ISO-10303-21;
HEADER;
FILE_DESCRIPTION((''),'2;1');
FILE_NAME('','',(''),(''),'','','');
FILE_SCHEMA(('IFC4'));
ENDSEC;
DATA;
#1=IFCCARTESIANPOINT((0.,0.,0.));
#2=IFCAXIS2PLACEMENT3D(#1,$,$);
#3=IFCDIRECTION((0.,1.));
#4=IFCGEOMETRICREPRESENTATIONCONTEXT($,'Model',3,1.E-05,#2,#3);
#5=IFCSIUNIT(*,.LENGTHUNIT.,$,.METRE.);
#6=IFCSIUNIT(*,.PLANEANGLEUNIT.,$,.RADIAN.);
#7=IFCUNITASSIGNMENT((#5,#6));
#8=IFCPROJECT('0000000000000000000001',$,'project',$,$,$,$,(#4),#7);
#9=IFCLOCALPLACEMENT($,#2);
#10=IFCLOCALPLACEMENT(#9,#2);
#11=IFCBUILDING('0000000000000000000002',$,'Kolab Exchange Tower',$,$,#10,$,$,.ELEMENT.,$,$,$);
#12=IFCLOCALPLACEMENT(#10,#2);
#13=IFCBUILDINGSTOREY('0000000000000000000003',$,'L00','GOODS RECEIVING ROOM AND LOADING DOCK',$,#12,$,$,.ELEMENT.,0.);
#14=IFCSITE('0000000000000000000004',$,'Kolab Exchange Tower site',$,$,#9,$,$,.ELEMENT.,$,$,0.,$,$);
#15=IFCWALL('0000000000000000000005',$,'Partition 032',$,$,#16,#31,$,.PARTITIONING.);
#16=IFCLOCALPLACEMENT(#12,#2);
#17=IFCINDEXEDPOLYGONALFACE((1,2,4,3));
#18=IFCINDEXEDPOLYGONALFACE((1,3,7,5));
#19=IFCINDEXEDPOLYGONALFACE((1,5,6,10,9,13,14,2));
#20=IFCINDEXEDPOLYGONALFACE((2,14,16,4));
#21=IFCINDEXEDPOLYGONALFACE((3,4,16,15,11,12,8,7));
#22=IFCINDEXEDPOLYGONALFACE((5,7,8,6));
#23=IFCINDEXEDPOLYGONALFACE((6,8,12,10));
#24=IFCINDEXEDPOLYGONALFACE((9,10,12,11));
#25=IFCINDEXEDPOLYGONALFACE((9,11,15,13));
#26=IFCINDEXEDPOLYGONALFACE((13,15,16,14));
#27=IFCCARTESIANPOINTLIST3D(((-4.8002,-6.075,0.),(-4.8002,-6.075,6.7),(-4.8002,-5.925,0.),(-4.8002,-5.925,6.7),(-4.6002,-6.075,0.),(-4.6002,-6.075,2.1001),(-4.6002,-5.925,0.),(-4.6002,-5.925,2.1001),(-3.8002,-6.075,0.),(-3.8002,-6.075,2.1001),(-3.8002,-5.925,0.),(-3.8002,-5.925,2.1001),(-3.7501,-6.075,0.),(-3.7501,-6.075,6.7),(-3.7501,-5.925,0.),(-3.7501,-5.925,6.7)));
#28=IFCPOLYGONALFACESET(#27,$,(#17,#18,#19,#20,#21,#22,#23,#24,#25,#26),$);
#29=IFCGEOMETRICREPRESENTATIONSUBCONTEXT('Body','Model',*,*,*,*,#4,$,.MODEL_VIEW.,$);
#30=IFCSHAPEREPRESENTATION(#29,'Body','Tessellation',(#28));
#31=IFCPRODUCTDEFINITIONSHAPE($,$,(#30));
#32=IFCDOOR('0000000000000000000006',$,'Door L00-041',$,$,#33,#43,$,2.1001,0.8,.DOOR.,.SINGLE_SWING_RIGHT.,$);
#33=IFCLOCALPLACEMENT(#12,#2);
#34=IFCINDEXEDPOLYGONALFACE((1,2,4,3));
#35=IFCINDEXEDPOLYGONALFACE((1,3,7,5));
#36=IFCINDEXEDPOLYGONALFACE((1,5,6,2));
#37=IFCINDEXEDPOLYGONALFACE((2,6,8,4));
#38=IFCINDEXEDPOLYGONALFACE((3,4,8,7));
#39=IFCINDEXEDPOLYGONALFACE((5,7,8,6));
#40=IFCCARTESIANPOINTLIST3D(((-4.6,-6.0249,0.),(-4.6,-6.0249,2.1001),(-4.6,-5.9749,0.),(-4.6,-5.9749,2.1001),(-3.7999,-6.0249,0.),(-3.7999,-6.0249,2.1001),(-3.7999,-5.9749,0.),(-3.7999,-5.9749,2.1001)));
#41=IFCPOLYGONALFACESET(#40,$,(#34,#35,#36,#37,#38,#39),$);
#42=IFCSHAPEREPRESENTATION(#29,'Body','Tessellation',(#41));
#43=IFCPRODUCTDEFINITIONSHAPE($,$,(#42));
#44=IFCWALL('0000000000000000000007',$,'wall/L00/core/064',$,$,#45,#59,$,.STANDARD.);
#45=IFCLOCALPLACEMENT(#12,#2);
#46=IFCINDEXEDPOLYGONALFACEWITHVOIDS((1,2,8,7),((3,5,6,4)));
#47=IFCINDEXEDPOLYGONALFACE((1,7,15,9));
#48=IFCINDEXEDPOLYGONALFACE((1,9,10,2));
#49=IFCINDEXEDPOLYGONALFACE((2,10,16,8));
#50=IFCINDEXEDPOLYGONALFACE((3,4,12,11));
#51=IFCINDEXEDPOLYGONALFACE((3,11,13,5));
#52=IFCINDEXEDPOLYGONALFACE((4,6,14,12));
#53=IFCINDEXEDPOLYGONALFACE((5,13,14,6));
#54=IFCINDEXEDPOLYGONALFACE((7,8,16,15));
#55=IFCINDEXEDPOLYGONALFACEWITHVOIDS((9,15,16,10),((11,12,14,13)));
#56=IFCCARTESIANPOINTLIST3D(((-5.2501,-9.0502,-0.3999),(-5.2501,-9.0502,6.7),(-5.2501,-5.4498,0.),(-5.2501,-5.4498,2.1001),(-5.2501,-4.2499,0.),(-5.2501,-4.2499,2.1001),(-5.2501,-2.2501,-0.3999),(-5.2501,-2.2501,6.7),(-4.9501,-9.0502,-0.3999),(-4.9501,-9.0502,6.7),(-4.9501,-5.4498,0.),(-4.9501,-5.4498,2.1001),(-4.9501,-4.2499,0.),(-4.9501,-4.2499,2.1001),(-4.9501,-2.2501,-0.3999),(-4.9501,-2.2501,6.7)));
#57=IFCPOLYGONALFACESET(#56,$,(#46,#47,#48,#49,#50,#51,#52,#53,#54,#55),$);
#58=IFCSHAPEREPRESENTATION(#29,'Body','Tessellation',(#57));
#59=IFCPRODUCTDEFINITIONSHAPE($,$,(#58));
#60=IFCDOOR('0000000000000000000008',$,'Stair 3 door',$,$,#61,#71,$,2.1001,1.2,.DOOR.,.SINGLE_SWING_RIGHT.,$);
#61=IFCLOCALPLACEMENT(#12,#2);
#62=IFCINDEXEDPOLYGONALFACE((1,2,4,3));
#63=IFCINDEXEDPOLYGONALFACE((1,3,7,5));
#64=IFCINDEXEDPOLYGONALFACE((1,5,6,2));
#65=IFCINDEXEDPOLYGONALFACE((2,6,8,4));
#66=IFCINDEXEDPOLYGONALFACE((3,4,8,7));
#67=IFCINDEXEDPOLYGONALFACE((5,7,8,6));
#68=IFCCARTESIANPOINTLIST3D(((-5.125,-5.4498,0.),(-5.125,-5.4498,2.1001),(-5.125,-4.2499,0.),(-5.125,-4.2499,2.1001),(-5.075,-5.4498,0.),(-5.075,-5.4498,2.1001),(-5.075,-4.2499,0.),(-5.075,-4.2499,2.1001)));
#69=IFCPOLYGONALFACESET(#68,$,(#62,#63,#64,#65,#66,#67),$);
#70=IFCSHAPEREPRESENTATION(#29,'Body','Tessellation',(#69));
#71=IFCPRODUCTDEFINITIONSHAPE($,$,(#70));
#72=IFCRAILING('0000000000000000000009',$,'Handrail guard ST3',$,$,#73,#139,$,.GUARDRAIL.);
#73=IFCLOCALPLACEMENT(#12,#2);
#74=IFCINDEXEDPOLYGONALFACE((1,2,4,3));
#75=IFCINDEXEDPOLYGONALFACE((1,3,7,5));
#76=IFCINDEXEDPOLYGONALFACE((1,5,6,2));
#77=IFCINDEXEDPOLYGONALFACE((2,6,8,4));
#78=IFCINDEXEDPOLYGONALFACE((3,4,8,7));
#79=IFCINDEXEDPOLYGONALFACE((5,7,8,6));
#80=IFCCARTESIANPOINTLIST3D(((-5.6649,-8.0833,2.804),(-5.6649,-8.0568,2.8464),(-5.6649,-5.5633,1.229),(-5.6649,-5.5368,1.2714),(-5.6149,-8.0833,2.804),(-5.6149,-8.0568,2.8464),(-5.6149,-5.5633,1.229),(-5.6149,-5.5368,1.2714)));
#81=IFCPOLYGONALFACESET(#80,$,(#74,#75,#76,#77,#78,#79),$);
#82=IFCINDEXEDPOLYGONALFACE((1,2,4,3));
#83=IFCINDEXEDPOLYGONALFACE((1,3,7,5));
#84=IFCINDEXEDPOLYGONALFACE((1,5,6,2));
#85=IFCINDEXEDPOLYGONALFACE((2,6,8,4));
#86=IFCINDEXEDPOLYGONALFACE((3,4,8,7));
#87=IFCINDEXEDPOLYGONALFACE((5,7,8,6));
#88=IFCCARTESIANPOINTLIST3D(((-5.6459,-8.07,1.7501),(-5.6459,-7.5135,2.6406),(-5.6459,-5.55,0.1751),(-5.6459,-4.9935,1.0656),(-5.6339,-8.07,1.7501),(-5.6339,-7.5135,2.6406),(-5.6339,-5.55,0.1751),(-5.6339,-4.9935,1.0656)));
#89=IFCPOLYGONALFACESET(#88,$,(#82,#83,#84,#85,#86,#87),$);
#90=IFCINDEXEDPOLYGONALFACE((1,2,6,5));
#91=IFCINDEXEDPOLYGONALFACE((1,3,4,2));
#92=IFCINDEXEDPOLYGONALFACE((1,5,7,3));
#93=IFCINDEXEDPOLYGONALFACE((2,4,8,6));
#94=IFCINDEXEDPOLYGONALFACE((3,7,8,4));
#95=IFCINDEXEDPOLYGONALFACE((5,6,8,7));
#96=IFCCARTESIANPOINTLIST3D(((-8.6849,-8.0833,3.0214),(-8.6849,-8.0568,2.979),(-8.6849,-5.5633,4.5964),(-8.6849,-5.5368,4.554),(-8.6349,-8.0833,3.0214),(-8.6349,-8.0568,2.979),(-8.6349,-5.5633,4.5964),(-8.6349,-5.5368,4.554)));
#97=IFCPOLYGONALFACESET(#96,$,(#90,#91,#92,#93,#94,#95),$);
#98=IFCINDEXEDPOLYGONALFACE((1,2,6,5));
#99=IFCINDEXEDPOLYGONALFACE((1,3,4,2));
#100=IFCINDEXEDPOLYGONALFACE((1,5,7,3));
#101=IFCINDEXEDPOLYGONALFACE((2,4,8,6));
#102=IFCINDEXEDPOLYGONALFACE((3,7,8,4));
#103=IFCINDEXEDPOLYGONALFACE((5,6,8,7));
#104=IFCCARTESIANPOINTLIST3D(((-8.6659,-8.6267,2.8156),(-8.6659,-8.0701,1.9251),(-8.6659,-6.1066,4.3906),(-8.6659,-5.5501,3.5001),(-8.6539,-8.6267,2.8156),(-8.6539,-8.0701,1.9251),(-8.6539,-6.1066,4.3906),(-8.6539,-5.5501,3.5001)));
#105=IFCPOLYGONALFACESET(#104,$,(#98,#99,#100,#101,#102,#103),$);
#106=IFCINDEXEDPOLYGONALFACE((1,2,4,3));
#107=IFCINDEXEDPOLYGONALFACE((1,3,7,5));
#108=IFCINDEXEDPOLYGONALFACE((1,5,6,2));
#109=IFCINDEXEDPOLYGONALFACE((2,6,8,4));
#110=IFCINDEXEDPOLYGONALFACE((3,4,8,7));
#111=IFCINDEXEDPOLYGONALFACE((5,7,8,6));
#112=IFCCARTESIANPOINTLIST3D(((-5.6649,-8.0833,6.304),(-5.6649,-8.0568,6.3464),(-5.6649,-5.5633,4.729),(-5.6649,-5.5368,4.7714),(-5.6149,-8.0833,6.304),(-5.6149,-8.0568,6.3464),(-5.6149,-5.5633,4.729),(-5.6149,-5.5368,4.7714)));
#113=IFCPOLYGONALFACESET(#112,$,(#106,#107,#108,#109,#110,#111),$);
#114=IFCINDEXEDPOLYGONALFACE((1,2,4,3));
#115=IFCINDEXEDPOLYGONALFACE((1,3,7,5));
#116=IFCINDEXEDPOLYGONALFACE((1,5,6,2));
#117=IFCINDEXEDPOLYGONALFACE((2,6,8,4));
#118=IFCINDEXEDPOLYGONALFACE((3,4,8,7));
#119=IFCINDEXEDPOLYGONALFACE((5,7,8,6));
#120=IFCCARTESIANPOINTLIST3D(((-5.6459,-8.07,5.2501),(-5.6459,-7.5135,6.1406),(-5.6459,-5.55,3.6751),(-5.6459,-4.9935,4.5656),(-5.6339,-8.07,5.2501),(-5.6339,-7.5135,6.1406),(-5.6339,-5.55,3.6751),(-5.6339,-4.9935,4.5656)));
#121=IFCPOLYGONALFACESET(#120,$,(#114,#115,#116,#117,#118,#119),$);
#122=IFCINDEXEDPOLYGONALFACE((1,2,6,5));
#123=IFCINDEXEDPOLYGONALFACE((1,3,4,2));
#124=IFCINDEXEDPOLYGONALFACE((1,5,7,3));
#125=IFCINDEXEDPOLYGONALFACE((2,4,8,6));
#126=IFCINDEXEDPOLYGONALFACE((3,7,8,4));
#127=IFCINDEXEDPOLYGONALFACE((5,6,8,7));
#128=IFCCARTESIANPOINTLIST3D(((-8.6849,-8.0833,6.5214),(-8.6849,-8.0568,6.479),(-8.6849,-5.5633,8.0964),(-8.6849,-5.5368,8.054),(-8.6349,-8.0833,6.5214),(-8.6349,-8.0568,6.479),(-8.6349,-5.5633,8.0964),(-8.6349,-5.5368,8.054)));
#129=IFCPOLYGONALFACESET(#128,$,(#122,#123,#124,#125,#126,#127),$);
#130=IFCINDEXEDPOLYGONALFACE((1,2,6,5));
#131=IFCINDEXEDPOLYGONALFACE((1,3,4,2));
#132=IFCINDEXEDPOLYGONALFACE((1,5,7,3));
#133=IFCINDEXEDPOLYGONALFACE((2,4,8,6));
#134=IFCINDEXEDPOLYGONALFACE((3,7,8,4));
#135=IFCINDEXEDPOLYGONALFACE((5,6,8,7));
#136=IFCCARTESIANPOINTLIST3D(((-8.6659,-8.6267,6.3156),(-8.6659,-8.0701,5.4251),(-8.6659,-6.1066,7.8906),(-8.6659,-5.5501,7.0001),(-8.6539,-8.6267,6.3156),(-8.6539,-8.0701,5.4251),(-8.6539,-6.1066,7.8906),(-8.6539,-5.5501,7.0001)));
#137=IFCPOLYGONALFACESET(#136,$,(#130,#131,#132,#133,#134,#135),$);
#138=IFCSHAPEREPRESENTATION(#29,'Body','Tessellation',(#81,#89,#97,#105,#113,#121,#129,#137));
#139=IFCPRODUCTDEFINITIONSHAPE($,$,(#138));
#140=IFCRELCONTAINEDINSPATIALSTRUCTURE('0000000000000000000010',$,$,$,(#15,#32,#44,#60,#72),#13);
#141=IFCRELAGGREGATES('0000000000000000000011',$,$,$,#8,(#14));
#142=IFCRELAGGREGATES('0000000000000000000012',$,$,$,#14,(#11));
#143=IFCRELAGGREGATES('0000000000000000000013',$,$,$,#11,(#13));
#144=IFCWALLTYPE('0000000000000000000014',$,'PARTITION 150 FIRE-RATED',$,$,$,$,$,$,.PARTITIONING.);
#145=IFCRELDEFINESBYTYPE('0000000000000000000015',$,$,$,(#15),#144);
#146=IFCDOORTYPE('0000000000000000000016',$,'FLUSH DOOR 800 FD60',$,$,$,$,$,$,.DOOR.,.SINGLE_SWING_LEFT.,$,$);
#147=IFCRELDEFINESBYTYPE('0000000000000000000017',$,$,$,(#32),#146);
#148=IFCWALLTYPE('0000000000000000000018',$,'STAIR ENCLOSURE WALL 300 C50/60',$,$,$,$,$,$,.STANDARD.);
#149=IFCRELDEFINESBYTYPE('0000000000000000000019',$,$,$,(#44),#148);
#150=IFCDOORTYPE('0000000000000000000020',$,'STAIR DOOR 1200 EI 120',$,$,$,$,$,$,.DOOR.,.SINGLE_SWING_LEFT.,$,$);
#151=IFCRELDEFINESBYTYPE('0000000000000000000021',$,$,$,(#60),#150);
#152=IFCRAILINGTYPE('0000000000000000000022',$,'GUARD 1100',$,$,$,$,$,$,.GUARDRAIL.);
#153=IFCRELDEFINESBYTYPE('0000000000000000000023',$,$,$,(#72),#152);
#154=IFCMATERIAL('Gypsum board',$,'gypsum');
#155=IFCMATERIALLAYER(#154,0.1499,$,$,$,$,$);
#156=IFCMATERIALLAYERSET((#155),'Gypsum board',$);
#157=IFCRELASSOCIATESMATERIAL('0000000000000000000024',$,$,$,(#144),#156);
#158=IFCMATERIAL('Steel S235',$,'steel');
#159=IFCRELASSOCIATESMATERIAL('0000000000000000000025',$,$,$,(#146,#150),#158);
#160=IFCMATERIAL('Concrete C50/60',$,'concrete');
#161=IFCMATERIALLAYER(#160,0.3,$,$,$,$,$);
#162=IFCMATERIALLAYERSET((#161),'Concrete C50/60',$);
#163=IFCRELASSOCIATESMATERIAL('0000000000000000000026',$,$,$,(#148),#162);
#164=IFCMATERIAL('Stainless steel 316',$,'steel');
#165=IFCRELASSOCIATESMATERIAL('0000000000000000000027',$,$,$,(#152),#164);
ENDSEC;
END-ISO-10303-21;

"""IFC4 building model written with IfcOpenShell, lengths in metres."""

from ifc_helpers import new_model, si_unit, direction, frame, frame_2d, origin, origin_2d, place, context, subcontext, project, spatial, rectangle, extrude, material, layer, layer_set, type_object, element, fill, save


model = new_model("IFC4")

# Units and contexts
model_context = context("Model", 3, precision=1e-05, world=origin(), true_north=direction((0.0, 1.0)))
body_context = subcontext(model_context, "Body", "Model", "MODEL_VIEW")
ifc_project = project(units=[si_unit("LENGTHUNIT", "METRE"), si_unit("PLANEANGLEUNIT", "RADIAN")], contexts=[model_context])

# Site, building, storey
site_placement = place(None, origin())
site = spatial("IfcSite", under=ifc_project, at=site_placement, Name="Kolab Exchange Tower site", CompositionType="ELEMENT", RefElevation=0.0)
building_placement = place(site_placement, origin())
building = spatial("IfcBuilding", under=site, at=building_placement, Name="Kolab Exchange Tower", CompositionType="ELEMENT")
storey_placement = place(building_placement, origin())
storey = spatial("IfcBuildingStorey", under=building, at=storey_placement, Name="L00", Description="GOODS RECEIVING ROOM AND LOADING DOCK", CompositionType="ELEMENT", Elevation=0.0)

# Shared definitions
ifc_material_1 = material(Name="Steel S235", Category="steel")
ifc_material_2 = material(Name="Concrete C50/60", Category="concrete")

# Shared definitions
ifc_material_3 = material(Name="Gypsum board", Category="gypsum")
ifc_layer_1 = layer(ifc_material_3, 0.1499)
ifc_layer_set_1 = layer_set([ifc_layer_1], Name="Gypsum board")
wall_type_1 = type_object("IfcWallType", Name="PARTITION 150 FIRE-RATED", PredefinedType="PARTITIONING", material=ifc_layer_set_1)

# Walls, openings, doors
wall_1_placement = place(storey_placement, frame((-4.8, -6.0, 0.0), z_axis=(0.0, 0.0, 1.0), x_axis=(1.0, 0.0, 0.0)))
wall_1 = element("IfcWall", 1, at=wall_1_placement, inside=storey, type_object=wall_type_1, Name="Partition 032", PredefinedType="PARTITIONING", context=body_context, shape_type="SweptSolid", body=[
    extrude(rectangle(XDim=1.05, YDim=0.1499, at=frame_2d((0.5249, 0.0))), origin(), (0.0, 0.0, 1.0), 6.7),
])
opening_1_placement = place(wall_1_placement, frame((0.2, 0.0, 0.0)))
opening_1 = element("IfcOpeningElement", 2, at=opening_1_placement, cuts=wall_1, PredefinedType="OPENING", context=body_context, shape_type="SweptSolid", body=[
    extrude(rectangle(XDim=0.8, YDim=2.1001, at=frame_2d((0.3999, 1.05))), frame((0.0, 0.085, 0.0), z_axis=(0.0, -1.0, 0.0), x_axis=(1.0, 0.0, 0.0)), (0.0, 0.0, 1.0), 0.1699),
])
door_type_1 = type_object("IfcDoorType", Name="FLUSH DOOR 800 FD60", OperationType="SINGLE_SWING_LEFT", PredefinedType="DOOR", material=ifc_material_1)
door_1_placement = place(opening_1_placement, frame((0.8, 0.0, 0.0), z_axis=(0.0, 0.0, 1.0), x_axis=(-1.0, 0.0, 0.0)))
door_1 = element("IfcDoor", 3, at=door_1_placement, inside=storey, type_object=door_type_1, Name="Door L00-041", OperationType="SINGLE_SWING_RIGHT", OverallHeight=2.1001, OverallWidth=0.8, PredefinedType="DOOR", context=body_context, shape_type="SweptSolid", body=[
    extrude(rectangle(XDim=0.8, YDim=2.1001, at=frame_2d((0.3999, 1.05))), frame((0.0, 0.0249, 0.0), z_axis=(0.0, -1.0, 0.0), x_axis=(1.0, 0.0, 0.0)), (0.0, 0.0, 1.0), 0.05),
])
fill(opening_1, door_1)
ifc_layer_2 = layer(ifc_material_2, 0.3)
ifc_layer_set_2 = layer_set([ifc_layer_2], Name="Concrete C50/60")
wall_type_2 = type_object("IfcWallType", Name="STAIR ENCLOSURE WALL 300 C50/60", PredefinedType="STANDARD", material=ifc_layer_set_2)
wall_2_placement = place(storey_placement, frame((-5.1001, -9.05, -0.3999), z_axis=(0.0, 0.0, 1.0), x_axis=(0.0, 1.0, 0.0)))
wall_2 = element("IfcWall", 4, at=wall_2_placement, inside=storey, type_object=wall_type_2, Name="wall/L00/core/064", PredefinedType="STANDARD", context=body_context, shape_type="SweptSolid", body=[
    extrude(rectangle(XDim=6.8, YDim=0.3, at=frame_2d((3.3999, 0.0))), origin(), (0.0, 0.0, 1.0), 7.0999),
])
opening_2_placement = place(wall_2_placement, frame((3.6001, 0.0, 0.3999)))
opening_2 = element("IfcOpeningElement", 5, at=opening_2_placement, cuts=wall_2, PredefinedType="OPENING", context=body_context, shape_type="SweptSolid", body=[
    extrude(rectangle(XDim=1.2, YDim=2.1001, at=frame_2d((0.6001, 1.05))), frame((0.0, 0.1602, 0.0), z_axis=(0.0, -1.0, 0.0), x_axis=(1.0, 0.0, 0.0)), (0.0, 0.0, 1.0), 0.3201),
])
door_type_2 = type_object("IfcDoorType", Name="STAIR DOOR 1200 EI 120", OperationType="SINGLE_SWING_LEFT", PredefinedType="DOOR", material=ifc_material_1)
door_2_placement = place(opening_2_placement, origin())
door_2 = element("IfcDoor", 6, at=door_2_placement, inside=storey, type_object=door_type_2, Name="Stair 3 door", OperationType="SINGLE_SWING_RIGHT", OverallHeight=2.1001, OverallWidth=1.2, PredefinedType="DOOR", context=body_context, shape_type="SweptSolid", body=[
    extrude(rectangle(XDim=1.2, YDim=2.1001, at=frame_2d((0.6001, 1.05))), frame((0.0, 0.0249, 0.0), z_axis=(0.0, -1.0, 0.0), x_axis=(1.0, 0.0, 0.0)), (0.0, 0.0, 1.0), 0.05),
])
fill(opening_2, door_2)

# Railing
ifc_material_4 = material(Name="Stainless steel 316", Category="steel")
railing_type = type_object("IfcRailingType", Name="GUARD 1100", PredefinedType="GUARDRAIL", material=ifc_material_4)
railing_placement = place(storey_placement, frame((-5.6399, -5.55, 0.175)))
element("IfcRailing", 7, at=railing_placement, inside=storey, type_object=railing_type, Name="Handrail guard ST3", PredefinedType="GUARDRAIL", context=body_context, shape_type="SweptSolid", body=[
    extrude(rectangle(XDim=0.05, YDim=0.05, at=origin_2d()), frame((0.0, 0.0, 1.0752), z_axis=(0.0, -0.848008, 0.529984), x_axis=(1.0, 0.0, 0.0)), (0.0, 0.0, 1.0), 2.9717),
    extrude(rectangle(XDim=0.012, YDim=1.0501, at=frame_2d((0.0, 0.5251))), frame((0.0, 0.0, 0.0), z_axis=(0.0, -0.848008, 0.529984), x_axis=(1.0, 0.0, 0.0)), (0.0, 0.0, 1.0), 2.9717),
    extrude(rectangle(XDim=0.05, YDim=0.05, at=origin_2d()), frame((-3.02, -2.52, 2.8252), z_axis=(0.0, 0.848008, 0.529984), x_axis=(-1.0, 0.0, 0.0)), (0.0, 0.0, 1.0), 2.9717),
    extrude(rectangle(XDim=0.012, YDim=1.0501, at=frame_2d((0.0, 0.5251))), frame((-3.02, -2.52, 1.75), z_axis=(0.0, 0.848008, 0.529984), x_axis=(-1.0, 0.0, 0.0)), (0.0, 0.0, 1.0), 2.9717),
    extrude(rectangle(XDim=0.05, YDim=0.05, at=origin_2d()), frame((0.0, 0.0, 4.5752), z_axis=(0.0, -0.848008, 0.529984), x_axis=(1.0, 0.0, 0.0)), (0.0, 0.0, 1.0), 2.9717),
    extrude(rectangle(XDim=0.012, YDim=1.0501, at=frame_2d((0.0, 0.5251))), frame((0.0, 0.0, 3.5), z_axis=(0.0, -0.848008, 0.529984), x_axis=(1.0, 0.0, 0.0)), (0.0, 0.0, 1.0), 2.9717),
    extrude(rectangle(XDim=0.05, YDim=0.05, at=origin_2d()), frame((-3.02, -2.52, 6.3252), z_axis=(0.0, 0.848008, 0.529984), x_axis=(-1.0, 0.0, 0.0)), (0.0, 0.0, 1.0), 2.9717),
    extrude(rectangle(XDim=0.012, YDim=1.0501, at=frame_2d((0.0, 0.5251))), frame((-3.02, -2.52, 5.25), z_axis=(0.0, 0.848008, 0.529984), x_axis=(-1.0, 0.0, 0.0)), (0.0, 0.0, 1.0), 2.9717),
])

save(model, "model.ifc")
